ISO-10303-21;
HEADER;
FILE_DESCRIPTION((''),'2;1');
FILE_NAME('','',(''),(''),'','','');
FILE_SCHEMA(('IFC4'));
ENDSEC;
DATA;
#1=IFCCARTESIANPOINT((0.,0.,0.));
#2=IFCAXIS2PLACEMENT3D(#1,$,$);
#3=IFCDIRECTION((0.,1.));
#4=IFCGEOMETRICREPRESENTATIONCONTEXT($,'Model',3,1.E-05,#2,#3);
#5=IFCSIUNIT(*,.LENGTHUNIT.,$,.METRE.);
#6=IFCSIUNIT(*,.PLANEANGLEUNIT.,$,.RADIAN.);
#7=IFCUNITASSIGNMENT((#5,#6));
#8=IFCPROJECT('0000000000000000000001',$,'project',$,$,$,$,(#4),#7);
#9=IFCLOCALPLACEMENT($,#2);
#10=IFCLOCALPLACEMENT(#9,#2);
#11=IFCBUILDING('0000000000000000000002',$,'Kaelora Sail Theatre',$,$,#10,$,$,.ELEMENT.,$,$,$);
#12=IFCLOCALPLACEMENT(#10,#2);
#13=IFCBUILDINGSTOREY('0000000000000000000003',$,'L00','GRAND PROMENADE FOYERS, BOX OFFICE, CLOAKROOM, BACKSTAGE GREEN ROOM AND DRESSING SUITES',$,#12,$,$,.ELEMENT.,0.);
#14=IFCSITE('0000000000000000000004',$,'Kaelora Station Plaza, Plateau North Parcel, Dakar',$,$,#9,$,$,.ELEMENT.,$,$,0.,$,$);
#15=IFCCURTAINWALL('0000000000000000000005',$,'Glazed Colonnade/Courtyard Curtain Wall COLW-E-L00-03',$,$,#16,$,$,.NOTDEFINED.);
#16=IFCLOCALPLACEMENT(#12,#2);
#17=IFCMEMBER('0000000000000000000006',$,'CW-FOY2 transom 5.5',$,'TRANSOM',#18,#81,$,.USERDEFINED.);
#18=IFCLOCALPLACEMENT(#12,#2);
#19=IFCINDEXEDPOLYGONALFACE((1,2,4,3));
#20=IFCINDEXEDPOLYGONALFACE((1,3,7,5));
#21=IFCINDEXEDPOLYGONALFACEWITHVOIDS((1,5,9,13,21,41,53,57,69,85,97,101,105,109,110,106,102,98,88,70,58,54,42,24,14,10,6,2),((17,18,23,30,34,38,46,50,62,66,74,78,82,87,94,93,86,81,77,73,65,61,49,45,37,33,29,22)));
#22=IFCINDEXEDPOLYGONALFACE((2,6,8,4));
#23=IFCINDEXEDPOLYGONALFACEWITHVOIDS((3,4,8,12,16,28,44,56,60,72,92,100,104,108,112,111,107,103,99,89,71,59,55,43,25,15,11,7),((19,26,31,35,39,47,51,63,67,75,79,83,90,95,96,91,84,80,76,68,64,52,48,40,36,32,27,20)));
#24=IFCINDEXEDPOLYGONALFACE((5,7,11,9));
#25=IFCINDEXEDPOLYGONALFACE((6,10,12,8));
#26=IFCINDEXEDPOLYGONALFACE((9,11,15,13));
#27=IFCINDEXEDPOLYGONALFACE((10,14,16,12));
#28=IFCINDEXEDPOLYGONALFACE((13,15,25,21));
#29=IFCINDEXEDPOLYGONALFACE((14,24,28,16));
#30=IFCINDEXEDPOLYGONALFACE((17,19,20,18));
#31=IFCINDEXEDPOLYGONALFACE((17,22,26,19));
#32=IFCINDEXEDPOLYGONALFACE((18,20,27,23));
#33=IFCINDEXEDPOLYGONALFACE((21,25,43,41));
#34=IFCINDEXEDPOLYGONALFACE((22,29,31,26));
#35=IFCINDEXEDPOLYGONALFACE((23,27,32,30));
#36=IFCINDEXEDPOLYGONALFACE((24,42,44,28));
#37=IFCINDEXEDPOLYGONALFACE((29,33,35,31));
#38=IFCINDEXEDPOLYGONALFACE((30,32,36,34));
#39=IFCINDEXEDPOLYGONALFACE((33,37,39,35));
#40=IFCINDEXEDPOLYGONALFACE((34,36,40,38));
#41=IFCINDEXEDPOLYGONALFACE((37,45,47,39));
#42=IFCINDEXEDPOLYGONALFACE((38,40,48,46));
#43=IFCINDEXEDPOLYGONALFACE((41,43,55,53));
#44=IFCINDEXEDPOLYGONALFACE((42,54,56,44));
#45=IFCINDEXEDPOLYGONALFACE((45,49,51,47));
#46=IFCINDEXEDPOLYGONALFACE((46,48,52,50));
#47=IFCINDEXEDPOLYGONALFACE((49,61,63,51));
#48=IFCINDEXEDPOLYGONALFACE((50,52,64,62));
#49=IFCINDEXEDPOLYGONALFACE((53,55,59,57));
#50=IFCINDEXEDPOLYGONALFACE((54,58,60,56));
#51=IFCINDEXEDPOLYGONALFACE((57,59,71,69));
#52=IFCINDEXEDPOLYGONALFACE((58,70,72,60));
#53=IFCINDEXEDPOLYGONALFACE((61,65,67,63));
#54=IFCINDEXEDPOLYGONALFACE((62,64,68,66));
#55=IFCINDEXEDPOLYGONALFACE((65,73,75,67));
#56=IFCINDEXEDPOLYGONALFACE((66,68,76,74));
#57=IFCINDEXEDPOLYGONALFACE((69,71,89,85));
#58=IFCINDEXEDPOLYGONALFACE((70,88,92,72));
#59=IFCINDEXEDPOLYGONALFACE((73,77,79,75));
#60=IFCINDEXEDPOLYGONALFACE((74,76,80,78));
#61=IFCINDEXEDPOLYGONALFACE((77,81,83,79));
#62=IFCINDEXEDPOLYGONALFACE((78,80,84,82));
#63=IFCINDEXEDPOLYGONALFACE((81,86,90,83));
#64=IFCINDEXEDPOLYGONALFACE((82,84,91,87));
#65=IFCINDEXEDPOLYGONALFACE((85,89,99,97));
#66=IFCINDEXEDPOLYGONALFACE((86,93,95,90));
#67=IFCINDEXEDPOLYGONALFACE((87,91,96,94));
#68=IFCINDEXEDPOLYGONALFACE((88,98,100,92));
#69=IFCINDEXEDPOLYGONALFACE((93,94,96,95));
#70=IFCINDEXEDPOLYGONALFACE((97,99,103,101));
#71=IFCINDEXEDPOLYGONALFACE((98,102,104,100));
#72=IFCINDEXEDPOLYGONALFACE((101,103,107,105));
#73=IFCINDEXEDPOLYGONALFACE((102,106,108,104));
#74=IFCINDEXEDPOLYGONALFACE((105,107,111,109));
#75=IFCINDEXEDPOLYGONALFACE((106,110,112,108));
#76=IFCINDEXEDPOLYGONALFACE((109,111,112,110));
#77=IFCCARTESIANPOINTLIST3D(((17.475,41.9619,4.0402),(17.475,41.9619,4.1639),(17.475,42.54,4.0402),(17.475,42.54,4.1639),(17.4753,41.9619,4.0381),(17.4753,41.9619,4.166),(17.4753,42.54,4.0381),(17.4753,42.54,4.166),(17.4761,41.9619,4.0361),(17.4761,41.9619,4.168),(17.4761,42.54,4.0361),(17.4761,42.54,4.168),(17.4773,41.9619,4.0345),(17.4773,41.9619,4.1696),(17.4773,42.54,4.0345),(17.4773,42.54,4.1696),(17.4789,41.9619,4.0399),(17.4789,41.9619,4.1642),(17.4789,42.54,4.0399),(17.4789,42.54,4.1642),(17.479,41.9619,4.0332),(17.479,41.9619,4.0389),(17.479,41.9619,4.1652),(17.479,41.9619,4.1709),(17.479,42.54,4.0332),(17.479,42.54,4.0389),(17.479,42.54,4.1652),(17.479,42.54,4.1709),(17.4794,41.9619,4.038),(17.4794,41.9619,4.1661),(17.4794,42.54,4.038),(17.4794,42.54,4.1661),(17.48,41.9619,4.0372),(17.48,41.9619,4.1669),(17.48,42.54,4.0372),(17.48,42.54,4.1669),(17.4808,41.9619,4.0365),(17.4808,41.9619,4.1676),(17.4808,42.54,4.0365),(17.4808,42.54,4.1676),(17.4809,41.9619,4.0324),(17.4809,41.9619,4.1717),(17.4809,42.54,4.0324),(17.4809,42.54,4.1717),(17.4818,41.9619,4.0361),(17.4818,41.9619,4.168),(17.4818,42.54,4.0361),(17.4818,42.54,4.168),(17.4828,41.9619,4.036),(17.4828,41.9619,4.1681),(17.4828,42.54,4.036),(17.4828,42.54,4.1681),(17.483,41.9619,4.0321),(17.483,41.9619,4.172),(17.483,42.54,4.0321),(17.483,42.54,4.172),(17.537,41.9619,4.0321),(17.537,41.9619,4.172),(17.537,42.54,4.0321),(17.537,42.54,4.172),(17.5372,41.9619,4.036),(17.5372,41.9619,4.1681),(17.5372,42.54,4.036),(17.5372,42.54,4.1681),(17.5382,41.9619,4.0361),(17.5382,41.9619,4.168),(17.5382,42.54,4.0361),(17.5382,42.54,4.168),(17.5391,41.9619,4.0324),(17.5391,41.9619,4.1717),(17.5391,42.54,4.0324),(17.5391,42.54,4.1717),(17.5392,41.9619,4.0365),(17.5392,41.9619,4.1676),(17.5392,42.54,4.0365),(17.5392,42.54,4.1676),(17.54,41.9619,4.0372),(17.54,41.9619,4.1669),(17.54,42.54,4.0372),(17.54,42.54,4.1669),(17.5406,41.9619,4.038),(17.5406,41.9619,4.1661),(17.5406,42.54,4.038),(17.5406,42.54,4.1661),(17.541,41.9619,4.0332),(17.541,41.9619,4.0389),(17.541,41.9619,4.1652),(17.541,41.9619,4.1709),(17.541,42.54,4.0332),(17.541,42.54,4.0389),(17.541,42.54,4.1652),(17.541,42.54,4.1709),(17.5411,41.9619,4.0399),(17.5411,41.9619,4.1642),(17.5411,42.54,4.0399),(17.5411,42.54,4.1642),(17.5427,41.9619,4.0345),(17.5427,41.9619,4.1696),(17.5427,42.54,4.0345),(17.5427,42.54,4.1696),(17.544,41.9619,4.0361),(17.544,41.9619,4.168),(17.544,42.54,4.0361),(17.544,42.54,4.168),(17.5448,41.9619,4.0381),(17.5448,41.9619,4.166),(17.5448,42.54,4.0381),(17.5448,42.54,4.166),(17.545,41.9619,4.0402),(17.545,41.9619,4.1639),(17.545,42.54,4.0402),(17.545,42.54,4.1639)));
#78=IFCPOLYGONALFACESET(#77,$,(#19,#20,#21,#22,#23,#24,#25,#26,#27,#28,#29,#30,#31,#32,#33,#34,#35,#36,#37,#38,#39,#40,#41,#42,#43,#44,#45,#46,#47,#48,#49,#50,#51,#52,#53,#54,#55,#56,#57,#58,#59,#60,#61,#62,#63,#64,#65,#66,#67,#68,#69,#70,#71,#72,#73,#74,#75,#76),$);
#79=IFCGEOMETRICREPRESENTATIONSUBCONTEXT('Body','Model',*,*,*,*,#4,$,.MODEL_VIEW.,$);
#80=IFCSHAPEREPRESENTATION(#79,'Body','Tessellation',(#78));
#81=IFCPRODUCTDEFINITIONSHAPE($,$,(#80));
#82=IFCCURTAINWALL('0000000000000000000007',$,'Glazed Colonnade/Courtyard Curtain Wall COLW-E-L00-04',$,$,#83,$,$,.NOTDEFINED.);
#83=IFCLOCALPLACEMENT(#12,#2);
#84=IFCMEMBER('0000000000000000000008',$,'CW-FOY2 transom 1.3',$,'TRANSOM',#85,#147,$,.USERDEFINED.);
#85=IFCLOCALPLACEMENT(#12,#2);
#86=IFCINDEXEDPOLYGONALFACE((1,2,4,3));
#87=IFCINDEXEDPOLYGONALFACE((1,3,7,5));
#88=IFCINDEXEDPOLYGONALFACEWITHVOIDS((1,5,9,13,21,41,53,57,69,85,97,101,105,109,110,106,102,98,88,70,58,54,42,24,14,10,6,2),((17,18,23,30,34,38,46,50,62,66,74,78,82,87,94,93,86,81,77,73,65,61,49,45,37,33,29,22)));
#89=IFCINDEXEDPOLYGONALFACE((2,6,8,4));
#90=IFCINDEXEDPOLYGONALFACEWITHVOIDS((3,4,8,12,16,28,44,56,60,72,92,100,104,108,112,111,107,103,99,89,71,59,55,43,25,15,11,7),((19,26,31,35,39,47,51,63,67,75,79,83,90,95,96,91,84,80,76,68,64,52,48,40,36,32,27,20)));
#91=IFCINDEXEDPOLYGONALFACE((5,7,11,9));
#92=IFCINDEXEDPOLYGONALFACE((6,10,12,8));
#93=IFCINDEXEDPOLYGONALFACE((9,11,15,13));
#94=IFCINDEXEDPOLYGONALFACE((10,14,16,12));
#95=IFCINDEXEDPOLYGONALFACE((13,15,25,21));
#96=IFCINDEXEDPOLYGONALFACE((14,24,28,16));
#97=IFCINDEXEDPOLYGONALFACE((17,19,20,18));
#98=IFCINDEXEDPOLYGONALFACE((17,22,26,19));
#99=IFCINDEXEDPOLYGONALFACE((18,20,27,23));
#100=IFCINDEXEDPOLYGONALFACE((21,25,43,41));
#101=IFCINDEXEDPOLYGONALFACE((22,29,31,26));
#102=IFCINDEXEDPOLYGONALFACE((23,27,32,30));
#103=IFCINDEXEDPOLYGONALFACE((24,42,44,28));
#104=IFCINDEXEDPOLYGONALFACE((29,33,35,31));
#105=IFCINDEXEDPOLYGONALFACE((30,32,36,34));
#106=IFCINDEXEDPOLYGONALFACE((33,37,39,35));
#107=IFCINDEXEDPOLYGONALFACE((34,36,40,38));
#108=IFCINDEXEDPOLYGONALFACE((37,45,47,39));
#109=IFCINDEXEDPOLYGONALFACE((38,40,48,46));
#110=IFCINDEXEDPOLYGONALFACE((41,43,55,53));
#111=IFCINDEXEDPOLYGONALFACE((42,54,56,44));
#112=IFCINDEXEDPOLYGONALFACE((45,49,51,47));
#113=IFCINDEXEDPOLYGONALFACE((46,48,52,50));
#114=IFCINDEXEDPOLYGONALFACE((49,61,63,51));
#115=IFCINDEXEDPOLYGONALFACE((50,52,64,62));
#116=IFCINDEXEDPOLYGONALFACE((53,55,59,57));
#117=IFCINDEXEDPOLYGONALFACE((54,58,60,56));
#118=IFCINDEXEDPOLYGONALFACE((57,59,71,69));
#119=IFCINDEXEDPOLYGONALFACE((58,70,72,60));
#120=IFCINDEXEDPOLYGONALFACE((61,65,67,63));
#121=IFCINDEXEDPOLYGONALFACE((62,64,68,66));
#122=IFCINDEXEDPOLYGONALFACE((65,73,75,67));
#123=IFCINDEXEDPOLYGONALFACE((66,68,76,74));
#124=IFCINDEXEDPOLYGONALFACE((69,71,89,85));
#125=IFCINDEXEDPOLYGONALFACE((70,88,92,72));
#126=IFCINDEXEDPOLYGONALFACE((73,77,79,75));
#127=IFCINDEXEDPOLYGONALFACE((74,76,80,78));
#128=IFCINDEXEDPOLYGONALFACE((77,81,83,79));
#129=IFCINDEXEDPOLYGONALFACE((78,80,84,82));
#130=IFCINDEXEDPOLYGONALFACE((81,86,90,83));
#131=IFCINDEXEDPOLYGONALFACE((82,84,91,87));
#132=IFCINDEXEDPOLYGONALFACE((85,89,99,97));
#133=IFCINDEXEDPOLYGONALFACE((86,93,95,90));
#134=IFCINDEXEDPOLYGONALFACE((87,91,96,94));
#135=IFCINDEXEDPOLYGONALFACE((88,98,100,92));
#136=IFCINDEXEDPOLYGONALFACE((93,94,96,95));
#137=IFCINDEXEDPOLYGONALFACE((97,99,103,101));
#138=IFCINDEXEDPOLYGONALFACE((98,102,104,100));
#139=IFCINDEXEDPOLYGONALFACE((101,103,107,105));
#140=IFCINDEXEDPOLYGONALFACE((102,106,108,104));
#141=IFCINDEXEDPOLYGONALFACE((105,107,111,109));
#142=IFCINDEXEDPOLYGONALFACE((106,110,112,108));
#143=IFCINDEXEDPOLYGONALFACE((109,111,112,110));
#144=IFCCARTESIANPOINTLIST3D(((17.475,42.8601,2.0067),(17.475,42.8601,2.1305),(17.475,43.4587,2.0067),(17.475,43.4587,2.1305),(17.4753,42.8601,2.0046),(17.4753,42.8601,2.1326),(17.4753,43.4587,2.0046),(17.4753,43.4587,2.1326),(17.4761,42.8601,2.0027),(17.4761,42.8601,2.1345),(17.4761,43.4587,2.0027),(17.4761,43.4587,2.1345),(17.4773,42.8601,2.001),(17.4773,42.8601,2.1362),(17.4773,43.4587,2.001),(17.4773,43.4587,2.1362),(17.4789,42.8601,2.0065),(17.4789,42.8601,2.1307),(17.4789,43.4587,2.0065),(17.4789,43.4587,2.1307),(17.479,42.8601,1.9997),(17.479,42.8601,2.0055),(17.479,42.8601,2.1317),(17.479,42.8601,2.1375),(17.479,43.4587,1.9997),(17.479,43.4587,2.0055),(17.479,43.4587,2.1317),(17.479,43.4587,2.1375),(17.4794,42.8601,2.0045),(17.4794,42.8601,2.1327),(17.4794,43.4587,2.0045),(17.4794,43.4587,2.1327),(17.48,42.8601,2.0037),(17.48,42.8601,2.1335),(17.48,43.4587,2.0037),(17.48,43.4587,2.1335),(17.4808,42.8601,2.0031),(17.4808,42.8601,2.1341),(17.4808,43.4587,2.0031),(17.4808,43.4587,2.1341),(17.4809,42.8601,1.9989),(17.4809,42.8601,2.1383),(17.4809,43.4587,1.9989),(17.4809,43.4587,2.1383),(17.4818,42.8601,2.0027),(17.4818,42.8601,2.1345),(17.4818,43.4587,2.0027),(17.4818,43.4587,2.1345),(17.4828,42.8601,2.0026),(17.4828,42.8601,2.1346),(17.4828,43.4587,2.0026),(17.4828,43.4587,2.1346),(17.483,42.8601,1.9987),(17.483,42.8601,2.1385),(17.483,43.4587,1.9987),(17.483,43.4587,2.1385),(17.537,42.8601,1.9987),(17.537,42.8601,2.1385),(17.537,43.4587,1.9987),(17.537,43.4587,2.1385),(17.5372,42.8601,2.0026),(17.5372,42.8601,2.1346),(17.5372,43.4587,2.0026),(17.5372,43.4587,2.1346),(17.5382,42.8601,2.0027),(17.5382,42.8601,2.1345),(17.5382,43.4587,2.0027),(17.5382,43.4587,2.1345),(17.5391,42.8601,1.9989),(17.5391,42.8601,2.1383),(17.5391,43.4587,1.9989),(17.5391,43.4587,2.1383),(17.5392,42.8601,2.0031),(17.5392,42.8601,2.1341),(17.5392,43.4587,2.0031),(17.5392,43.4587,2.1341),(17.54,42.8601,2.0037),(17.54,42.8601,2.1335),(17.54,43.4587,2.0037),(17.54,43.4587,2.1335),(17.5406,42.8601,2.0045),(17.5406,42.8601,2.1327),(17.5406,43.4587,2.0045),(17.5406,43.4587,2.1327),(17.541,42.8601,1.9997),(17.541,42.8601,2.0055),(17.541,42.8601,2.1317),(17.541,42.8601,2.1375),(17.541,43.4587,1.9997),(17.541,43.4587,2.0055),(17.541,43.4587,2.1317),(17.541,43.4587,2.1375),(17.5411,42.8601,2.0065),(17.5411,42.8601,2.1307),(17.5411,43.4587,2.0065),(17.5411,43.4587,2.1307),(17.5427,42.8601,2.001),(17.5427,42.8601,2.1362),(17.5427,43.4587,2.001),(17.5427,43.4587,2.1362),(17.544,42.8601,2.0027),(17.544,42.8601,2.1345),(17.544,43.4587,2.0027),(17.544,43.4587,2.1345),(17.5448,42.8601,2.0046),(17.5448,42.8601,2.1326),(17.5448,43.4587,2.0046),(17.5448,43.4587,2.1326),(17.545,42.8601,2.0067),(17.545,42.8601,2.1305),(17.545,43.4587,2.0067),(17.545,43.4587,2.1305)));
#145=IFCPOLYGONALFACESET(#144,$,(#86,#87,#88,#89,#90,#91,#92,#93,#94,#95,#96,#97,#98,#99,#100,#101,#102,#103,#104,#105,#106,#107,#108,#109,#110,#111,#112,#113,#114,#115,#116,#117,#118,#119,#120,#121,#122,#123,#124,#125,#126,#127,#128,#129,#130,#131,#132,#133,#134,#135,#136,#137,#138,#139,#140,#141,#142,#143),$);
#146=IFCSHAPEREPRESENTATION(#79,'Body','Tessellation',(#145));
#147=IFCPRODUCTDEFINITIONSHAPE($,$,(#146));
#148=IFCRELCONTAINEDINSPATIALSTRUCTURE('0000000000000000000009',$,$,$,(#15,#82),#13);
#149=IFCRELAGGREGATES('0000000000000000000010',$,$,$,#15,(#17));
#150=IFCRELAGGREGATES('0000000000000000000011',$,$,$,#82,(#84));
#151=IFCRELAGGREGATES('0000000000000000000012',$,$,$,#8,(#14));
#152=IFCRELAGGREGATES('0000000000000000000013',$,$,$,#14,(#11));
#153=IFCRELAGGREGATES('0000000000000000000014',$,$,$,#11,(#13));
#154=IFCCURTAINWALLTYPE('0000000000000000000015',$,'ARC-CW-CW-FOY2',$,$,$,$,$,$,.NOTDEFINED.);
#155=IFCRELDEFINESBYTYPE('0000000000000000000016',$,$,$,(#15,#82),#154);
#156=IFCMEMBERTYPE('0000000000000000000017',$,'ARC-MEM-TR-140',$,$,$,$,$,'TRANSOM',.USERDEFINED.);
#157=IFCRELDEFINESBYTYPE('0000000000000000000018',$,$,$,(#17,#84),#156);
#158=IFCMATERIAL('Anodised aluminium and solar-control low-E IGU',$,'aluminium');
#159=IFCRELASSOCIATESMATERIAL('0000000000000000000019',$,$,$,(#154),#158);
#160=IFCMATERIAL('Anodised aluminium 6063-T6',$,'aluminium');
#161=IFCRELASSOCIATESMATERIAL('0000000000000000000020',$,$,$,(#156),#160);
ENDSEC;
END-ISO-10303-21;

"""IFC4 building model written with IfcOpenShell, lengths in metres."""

from ifc_helpers import new_model, si_unit, direction, frame, origin, origin_2d, place, context, subcontext, project, spatial, hollow_rectangle, extrude, material, material_profile, profile_set, type_object, element, aggregate, save


model = new_model("IFC4")

# Units and contexts
model_context = context("Model", 3, precision=1e-05, world=origin(), true_north=direction((0.0, 1.0)))
body_context = subcontext(model_context, "Body", "Model", "MODEL_VIEW")
ifc_project = project(units=[si_unit("LENGTHUNIT", "METRE"), si_unit("PLANEANGLEUNIT", "RADIAN")], contexts=[model_context])

# Site, building, storey
site_placement = place(None, origin())
site = spatial("IfcSite", under=ifc_project, at=site_placement, Name="Kaelora Station Plaza, Plateau North Parcel, Dakar", CompositionType="ELEMENT", RefElevation=0.0)
building_placement = place(site_placement, origin())
building = spatial("IfcBuilding", under=site, at=building_placement, Name="Kaelora Sail Theatre", CompositionType="ELEMENT")
storey_placement = place(building_placement, origin())
storey = spatial("IfcBuildingStorey", under=building, at=storey_placement, Name="L00", Description="GRAND PROMENADE FOYERS, BOX OFFICE, CLOAKROOM, BACKSTAGE GREEN ROOM AND DRESSING SUITES", CompositionType="ELEMENT", Elevation=0.0)

# Curtain walls, members
ifc_material_1 = material(Name="Anodised aluminium and solar-control low-E IGU", Category="aluminium")
curtain_wall_type = type_object("IfcCurtainWallType", Name="ARC-CW-CW-FOY2", PredefinedType="NOTDEFINED", material=ifc_material_1)
curtain_wall_1_placement = place(storey_placement, origin())
curtain_wall_1 = element("IfcCurtainWall", 1, at=curtain_wall_1_placement, inside=storey, type_object=curtain_wall_type, Name="Glazed Colonnade/Courtyard Curtain Wall COLW-E-L00-03", PredefinedType="NOTDEFINED")
ifc_material_2 = material(Name="Anodised aluminium 6063-T6", Category="aluminium")
ifc_material_profile = material_profile(ifc_material_2, hollow_rectangle(XDim=0.0701, YDim=0.1399, WallThickness=0.0039, InnerFilletRadius=0.0039, OuterFilletRadius=0.0081, at=origin_2d()), Name="ALU-TRAN 70x140x4")
ifc_profile_set = profile_set([ifc_material_profile], Name="Anodised aluminium 6063-T6")
member_type = type_object("IfcMemberType", Name="ARC-MEM-TR-140", ElementType="TRANSOM", PredefinedType="USERDEFINED", material=ifc_profile_set)
member_1_placement = place(storey_placement, frame((17.51, 41.9619, 4.1021), z_axis=(0.0, 1.0, 0.0), x_axis=(-1.0, 0.0, 0.0)))
member_1 = element("IfcMember", 2, at=member_1_placement, type_object=member_type, Name="CW-FOY2 transom 5.5", ObjectType="TRANSOM", PredefinedType="USERDEFINED", context=body_context, shape_type="SweptSolid", body=[
    extrude(hollow_rectangle(XDim=0.0701, YDim=0.1399, WallThickness=0.0039, InnerFilletRadius=0.0039, OuterFilletRadius=0.0081, at=origin_2d()), origin(), (0.0, 0.0, 1.0), 0.5781),
])
curtain_wall_2_placement = place(storey_placement, origin())
curtain_wall_2 = element("IfcCurtainWall", 3, at=curtain_wall_2_placement, inside=storey, type_object=curtain_wall_type, Name="Glazed Colonnade/Courtyard Curtain Wall COLW-E-L00-04", PredefinedType="NOTDEFINED")
member_2_placement = place(storey_placement, frame((17.51, 42.8601, 2.0686), z_axis=(0.0, 1.0, 0.0), x_axis=(-1.0, 0.0, 0.0)))
member_2 = element("IfcMember", 4, at=member_2_placement, type_object=member_type, Name="CW-FOY2 transom 1.3", ObjectType="TRANSOM", PredefinedType="USERDEFINED", context=body_context, shape_type="SweptSolid", body=[
    extrude(hollow_rectangle(XDim=0.0701, YDim=0.1399, WallThickness=0.0039, InnerFilletRadius=0.0039, OuterFilletRadius=0.0081, at=origin_2d()), origin(), (0.0, 0.0, 1.0), 0.5986),
])

aggregate(curtain_wall_1, [member_1])
aggregate(curtain_wall_2, [member_2])

save(model, "model.ifc")
